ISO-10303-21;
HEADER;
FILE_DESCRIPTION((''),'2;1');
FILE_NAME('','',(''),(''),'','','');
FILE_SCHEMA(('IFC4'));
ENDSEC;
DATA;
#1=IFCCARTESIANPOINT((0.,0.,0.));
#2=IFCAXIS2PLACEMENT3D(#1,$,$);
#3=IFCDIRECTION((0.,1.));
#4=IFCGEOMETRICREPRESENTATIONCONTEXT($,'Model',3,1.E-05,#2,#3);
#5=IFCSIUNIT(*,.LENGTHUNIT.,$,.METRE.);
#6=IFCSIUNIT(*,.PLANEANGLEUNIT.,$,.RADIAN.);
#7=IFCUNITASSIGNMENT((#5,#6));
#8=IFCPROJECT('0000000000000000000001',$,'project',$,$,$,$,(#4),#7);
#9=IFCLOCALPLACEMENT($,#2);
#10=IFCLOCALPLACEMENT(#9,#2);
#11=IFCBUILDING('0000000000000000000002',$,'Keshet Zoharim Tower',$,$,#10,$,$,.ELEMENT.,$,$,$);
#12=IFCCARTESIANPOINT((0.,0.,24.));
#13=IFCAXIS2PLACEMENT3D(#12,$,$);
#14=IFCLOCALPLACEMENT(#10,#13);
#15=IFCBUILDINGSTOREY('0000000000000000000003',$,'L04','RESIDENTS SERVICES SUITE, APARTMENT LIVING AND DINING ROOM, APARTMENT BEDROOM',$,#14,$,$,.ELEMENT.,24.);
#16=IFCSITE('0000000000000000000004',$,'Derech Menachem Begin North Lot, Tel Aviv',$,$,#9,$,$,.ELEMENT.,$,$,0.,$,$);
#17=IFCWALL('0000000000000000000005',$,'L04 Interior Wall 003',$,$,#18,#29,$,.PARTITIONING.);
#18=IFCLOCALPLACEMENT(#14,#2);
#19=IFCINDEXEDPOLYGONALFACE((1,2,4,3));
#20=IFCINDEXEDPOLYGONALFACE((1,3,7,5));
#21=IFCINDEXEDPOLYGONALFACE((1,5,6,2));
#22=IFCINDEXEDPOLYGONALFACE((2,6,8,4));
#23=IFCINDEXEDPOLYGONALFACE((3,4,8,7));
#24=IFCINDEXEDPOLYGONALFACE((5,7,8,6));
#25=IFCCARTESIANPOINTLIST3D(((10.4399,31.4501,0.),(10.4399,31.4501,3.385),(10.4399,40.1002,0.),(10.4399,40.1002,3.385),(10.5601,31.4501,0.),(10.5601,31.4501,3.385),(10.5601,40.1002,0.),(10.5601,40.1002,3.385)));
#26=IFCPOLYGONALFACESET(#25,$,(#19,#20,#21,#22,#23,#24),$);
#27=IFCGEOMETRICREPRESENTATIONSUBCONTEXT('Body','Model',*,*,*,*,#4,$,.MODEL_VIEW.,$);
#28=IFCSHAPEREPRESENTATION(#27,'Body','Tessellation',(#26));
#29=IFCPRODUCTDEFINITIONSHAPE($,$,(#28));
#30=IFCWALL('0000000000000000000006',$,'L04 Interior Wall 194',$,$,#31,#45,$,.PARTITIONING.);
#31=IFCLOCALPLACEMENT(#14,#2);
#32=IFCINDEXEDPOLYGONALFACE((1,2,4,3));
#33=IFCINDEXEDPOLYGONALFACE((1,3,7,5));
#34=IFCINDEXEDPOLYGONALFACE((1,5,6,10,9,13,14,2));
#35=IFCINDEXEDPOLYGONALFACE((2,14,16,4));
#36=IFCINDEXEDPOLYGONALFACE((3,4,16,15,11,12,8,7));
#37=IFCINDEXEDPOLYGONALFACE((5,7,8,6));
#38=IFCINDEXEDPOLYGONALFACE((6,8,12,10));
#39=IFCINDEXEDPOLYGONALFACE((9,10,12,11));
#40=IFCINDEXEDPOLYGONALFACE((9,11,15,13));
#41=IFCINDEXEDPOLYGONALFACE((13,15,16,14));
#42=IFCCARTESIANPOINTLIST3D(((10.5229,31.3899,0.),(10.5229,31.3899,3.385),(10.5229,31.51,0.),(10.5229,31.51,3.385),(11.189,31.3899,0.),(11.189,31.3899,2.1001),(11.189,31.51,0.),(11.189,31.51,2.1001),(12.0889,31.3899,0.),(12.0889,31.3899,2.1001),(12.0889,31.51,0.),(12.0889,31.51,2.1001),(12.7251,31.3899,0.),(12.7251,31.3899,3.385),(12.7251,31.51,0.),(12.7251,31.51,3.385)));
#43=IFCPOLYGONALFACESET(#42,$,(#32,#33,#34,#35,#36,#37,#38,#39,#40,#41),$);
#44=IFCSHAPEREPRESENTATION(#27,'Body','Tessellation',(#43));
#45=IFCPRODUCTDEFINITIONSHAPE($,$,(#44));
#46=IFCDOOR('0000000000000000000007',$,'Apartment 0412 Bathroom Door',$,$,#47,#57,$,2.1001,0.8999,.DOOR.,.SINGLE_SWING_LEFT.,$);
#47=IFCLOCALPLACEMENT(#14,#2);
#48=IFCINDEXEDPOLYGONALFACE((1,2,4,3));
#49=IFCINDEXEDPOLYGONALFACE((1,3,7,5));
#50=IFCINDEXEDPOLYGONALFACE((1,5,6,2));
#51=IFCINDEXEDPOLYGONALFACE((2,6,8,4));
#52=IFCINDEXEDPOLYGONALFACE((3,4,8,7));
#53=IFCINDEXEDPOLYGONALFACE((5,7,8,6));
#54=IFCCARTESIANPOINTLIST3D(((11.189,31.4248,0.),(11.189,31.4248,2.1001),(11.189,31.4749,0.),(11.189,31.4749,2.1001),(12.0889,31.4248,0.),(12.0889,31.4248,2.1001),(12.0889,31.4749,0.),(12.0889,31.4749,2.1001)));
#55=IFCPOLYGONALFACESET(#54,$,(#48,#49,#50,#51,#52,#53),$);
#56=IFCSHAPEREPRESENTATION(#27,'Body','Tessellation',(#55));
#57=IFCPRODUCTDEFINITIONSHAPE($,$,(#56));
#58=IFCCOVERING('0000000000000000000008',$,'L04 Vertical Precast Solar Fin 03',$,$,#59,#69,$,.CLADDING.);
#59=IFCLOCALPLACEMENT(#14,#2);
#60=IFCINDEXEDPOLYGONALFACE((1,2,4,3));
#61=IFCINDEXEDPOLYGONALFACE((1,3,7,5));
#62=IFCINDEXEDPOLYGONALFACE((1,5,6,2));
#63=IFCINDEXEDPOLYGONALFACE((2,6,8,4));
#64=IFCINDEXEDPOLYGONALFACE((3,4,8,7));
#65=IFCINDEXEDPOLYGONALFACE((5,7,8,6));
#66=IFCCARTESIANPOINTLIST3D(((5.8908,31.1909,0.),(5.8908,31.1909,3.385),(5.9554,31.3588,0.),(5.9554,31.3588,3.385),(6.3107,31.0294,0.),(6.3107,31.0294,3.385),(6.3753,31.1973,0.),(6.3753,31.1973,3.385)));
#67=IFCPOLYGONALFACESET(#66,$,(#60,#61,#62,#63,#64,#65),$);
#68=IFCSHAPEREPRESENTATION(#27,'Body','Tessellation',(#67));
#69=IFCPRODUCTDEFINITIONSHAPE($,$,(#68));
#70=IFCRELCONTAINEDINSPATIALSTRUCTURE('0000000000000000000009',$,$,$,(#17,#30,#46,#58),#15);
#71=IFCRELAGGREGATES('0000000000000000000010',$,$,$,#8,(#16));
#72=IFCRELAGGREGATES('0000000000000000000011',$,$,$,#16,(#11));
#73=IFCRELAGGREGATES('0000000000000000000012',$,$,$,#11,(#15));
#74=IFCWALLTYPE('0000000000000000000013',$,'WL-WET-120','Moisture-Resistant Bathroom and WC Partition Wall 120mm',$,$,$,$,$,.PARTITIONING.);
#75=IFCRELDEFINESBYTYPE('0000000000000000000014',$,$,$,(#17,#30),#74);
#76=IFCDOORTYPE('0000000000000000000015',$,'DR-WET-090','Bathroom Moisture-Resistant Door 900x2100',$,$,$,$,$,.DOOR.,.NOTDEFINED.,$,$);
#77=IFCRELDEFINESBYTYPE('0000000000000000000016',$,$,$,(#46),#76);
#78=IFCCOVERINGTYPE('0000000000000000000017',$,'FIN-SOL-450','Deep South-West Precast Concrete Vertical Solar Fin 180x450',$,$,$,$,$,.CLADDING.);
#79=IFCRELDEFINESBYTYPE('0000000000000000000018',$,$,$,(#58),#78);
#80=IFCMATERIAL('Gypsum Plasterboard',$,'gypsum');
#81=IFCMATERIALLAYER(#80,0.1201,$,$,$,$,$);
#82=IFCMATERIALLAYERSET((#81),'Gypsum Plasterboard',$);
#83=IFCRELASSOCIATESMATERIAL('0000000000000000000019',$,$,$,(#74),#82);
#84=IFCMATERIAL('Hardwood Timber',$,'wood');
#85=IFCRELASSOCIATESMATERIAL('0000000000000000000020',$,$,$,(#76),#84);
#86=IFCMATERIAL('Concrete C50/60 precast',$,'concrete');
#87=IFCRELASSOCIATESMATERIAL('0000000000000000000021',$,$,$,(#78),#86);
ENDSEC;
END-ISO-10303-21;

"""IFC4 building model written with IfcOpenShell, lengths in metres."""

from ifc_helpers import new_model, si_unit, direction, frame, frame_2d, origin, origin_2d, place, context, subcontext, project, spatial, rectangle, extrude, material, layer, layer_set, type_object, element, fill, save


model = new_model("IFC4")

# Units and contexts
model_context = context("Model", 3, precision=1e-05, world=origin(), true_north=direction((0.0, 1.0)))
body_context = subcontext(model_context, "Body", "Model", "MODEL_VIEW")
ifc_project = project(units=[si_unit("LENGTHUNIT", "METRE"), si_unit("PLANEANGLEUNIT", "RADIAN")], contexts=[model_context])

# Site, building, storey
site_placement = place(None, origin())
site = spatial("IfcSite", under=ifc_project, at=site_placement, Name="Derech Menachem Begin North Lot, Tel Aviv", CompositionType="ELEMENT", RefElevation=0.0)
building_placement = place(site_placement, origin())
building = spatial("IfcBuilding", under=site, at=building_placement, Name="Keshet Zoharim Tower", CompositionType="ELEMENT")
storey_placement = place(building_placement, frame((0.0, 0.0, 24.0)))
storey = spatial("IfcBuildingStorey", under=building, at=storey_placement, Name="L04", Description="RESIDENTS SERVICES SUITE, APARTMENT LIVING AND DINING ROOM, APARTMENT BEDROOM", CompositionType="ELEMENT", Elevation=24.0)

# Shared definitions
ifc_material_1 = material(Name="Gypsum Plasterboard", Category="gypsum")

# Shared definitions
ifc_material_2 = material(Name="Hardwood Timber", Category="wood")

# Wall
ifc_layer_1 = layer(ifc_material_1, 0.1201)
ifc_layer_set_1 = layer_set([ifc_layer_1], Name="Gypsum Plasterboard")
wall_type_1 = type_object("IfcWallType", Name="WL-WET-120", Description="Moisture-Resistant Bathroom and WC Partition Wall 120mm", PredefinedType="PARTITIONING", material=ifc_layer_set_1)
wall_1_placement = place(storey_placement, frame((10.5, 31.45, 0.0), z_axis=(0.0, 0.0, 1.0), x_axis=(0.0, 1.0, 0.0)))
element("IfcWall", 1, at=wall_1_placement, inside=storey, type_object=wall_type_1, Name="L04 Interior Wall 003", PredefinedType="PARTITIONING", context=body_context, shape_type="SweptSolid", body=[
    extrude(rectangle(XDim=8.6501, YDim=0.1201, at=frame_2d((4.3252, 0.0))), origin(), (0.0, 0.0, 1.0), 3.385),
])

# Wall, opening, door
wall_2_placement = place(storey_placement, frame((10.5229, 31.45, 0.0), z_axis=(0.0, 0.0, 1.0), x_axis=(1.0, 0.0, 0.0)))
wall_2 = element("IfcWall", 2, at=wall_2_placement, inside=storey, type_object=wall_type_1, Name="L04 Interior Wall 194", PredefinedType="PARTITIONING", context=body_context, shape_type="SweptSolid", body=[
    extrude(rectangle(XDim=2.2021, YDim=0.1201, at=frame_2d((1.1011, 0.0))), origin(), (0.0, 0.0, 1.0), 3.385),
])
opening_1_placement = place(wall_2_placement, frame((0.666, 0.0, 0.0)))
opening_1 = element("IfcOpeningElement", 3, at=opening_1_placement, cuts=wall_2, PredefinedType="OPENING", context=body_context, shape_type="SweptSolid", body=[
    extrude(rectangle(XDim=0.8999, YDim=2.1001, at=frame_2d((0.45, 1.05))), frame((0.0, 0.0701, 0.0), z_axis=(0.0, -1.0, 0.0), x_axis=(1.0, 0.0, 0.0)), (0.0, 0.0, 1.0), 0.1401),
])
door_type_1 = type_object("IfcDoorType", Name="DR-WET-090", Description="Bathroom Moisture-Resistant Door 900x2100", OperationType="NOTDEFINED", PredefinedType="DOOR", material=ifc_material_2)
door_1_placement = place(opening_1_placement, origin())
door_1 = element("IfcDoor", 4, at=door_1_placement, inside=storey, type_object=door_type_1, Name="Apartment 0412 Bathroom Door", OperationType="SINGLE_SWING_LEFT", OverallHeight=2.1001, OverallWidth=0.8999, PredefinedType="DOOR", context=body_context, shape_type="SweptSolid", body=[
    extrude(rectangle(XDim=0.8999, YDim=2.1001, at=frame_2d((0.45, 1.05))), frame((0.0, 0.0249, 0.0), z_axis=(0.0, -1.0, 0.0), x_axis=(1.0, 0.0, 0.0)), (0.0, 0.0, 1.0), 0.05),
])
fill(opening_1, door_1)

# Covering
ifc_material_3 = material(Name="Concrete C50/60 precast", Category="concrete")
covering_type = type_object("IfcCoveringType", Name="FIN-SOL-450", Description="Deep South-West Precast Concrete Vertical Solar Fin 180x450", PredefinedType="CLADDING", material=ifc_material_3)
covering_placement = place(storey_placement, frame((6.1331, 31.1941, 0.0), z_axis=(0.0, 0.0, 1.0), x_axis=(0.35899, 0.933341, 0.0)))
element("IfcCovering", 5, at=covering_placement, inside=storey, type_object=covering_type, Name="L04 Vertical Precast Solar Fin 03", PredefinedType="CLADDING", context=body_context, shape_type="SweptSolid", body=[
    extrude(rectangle(XDim=0.1799, YDim=0.45, at=origin_2d()), origin(), (0.0, 0.0, 1.0), 3.385),
])

save(model, "model.ifc")
